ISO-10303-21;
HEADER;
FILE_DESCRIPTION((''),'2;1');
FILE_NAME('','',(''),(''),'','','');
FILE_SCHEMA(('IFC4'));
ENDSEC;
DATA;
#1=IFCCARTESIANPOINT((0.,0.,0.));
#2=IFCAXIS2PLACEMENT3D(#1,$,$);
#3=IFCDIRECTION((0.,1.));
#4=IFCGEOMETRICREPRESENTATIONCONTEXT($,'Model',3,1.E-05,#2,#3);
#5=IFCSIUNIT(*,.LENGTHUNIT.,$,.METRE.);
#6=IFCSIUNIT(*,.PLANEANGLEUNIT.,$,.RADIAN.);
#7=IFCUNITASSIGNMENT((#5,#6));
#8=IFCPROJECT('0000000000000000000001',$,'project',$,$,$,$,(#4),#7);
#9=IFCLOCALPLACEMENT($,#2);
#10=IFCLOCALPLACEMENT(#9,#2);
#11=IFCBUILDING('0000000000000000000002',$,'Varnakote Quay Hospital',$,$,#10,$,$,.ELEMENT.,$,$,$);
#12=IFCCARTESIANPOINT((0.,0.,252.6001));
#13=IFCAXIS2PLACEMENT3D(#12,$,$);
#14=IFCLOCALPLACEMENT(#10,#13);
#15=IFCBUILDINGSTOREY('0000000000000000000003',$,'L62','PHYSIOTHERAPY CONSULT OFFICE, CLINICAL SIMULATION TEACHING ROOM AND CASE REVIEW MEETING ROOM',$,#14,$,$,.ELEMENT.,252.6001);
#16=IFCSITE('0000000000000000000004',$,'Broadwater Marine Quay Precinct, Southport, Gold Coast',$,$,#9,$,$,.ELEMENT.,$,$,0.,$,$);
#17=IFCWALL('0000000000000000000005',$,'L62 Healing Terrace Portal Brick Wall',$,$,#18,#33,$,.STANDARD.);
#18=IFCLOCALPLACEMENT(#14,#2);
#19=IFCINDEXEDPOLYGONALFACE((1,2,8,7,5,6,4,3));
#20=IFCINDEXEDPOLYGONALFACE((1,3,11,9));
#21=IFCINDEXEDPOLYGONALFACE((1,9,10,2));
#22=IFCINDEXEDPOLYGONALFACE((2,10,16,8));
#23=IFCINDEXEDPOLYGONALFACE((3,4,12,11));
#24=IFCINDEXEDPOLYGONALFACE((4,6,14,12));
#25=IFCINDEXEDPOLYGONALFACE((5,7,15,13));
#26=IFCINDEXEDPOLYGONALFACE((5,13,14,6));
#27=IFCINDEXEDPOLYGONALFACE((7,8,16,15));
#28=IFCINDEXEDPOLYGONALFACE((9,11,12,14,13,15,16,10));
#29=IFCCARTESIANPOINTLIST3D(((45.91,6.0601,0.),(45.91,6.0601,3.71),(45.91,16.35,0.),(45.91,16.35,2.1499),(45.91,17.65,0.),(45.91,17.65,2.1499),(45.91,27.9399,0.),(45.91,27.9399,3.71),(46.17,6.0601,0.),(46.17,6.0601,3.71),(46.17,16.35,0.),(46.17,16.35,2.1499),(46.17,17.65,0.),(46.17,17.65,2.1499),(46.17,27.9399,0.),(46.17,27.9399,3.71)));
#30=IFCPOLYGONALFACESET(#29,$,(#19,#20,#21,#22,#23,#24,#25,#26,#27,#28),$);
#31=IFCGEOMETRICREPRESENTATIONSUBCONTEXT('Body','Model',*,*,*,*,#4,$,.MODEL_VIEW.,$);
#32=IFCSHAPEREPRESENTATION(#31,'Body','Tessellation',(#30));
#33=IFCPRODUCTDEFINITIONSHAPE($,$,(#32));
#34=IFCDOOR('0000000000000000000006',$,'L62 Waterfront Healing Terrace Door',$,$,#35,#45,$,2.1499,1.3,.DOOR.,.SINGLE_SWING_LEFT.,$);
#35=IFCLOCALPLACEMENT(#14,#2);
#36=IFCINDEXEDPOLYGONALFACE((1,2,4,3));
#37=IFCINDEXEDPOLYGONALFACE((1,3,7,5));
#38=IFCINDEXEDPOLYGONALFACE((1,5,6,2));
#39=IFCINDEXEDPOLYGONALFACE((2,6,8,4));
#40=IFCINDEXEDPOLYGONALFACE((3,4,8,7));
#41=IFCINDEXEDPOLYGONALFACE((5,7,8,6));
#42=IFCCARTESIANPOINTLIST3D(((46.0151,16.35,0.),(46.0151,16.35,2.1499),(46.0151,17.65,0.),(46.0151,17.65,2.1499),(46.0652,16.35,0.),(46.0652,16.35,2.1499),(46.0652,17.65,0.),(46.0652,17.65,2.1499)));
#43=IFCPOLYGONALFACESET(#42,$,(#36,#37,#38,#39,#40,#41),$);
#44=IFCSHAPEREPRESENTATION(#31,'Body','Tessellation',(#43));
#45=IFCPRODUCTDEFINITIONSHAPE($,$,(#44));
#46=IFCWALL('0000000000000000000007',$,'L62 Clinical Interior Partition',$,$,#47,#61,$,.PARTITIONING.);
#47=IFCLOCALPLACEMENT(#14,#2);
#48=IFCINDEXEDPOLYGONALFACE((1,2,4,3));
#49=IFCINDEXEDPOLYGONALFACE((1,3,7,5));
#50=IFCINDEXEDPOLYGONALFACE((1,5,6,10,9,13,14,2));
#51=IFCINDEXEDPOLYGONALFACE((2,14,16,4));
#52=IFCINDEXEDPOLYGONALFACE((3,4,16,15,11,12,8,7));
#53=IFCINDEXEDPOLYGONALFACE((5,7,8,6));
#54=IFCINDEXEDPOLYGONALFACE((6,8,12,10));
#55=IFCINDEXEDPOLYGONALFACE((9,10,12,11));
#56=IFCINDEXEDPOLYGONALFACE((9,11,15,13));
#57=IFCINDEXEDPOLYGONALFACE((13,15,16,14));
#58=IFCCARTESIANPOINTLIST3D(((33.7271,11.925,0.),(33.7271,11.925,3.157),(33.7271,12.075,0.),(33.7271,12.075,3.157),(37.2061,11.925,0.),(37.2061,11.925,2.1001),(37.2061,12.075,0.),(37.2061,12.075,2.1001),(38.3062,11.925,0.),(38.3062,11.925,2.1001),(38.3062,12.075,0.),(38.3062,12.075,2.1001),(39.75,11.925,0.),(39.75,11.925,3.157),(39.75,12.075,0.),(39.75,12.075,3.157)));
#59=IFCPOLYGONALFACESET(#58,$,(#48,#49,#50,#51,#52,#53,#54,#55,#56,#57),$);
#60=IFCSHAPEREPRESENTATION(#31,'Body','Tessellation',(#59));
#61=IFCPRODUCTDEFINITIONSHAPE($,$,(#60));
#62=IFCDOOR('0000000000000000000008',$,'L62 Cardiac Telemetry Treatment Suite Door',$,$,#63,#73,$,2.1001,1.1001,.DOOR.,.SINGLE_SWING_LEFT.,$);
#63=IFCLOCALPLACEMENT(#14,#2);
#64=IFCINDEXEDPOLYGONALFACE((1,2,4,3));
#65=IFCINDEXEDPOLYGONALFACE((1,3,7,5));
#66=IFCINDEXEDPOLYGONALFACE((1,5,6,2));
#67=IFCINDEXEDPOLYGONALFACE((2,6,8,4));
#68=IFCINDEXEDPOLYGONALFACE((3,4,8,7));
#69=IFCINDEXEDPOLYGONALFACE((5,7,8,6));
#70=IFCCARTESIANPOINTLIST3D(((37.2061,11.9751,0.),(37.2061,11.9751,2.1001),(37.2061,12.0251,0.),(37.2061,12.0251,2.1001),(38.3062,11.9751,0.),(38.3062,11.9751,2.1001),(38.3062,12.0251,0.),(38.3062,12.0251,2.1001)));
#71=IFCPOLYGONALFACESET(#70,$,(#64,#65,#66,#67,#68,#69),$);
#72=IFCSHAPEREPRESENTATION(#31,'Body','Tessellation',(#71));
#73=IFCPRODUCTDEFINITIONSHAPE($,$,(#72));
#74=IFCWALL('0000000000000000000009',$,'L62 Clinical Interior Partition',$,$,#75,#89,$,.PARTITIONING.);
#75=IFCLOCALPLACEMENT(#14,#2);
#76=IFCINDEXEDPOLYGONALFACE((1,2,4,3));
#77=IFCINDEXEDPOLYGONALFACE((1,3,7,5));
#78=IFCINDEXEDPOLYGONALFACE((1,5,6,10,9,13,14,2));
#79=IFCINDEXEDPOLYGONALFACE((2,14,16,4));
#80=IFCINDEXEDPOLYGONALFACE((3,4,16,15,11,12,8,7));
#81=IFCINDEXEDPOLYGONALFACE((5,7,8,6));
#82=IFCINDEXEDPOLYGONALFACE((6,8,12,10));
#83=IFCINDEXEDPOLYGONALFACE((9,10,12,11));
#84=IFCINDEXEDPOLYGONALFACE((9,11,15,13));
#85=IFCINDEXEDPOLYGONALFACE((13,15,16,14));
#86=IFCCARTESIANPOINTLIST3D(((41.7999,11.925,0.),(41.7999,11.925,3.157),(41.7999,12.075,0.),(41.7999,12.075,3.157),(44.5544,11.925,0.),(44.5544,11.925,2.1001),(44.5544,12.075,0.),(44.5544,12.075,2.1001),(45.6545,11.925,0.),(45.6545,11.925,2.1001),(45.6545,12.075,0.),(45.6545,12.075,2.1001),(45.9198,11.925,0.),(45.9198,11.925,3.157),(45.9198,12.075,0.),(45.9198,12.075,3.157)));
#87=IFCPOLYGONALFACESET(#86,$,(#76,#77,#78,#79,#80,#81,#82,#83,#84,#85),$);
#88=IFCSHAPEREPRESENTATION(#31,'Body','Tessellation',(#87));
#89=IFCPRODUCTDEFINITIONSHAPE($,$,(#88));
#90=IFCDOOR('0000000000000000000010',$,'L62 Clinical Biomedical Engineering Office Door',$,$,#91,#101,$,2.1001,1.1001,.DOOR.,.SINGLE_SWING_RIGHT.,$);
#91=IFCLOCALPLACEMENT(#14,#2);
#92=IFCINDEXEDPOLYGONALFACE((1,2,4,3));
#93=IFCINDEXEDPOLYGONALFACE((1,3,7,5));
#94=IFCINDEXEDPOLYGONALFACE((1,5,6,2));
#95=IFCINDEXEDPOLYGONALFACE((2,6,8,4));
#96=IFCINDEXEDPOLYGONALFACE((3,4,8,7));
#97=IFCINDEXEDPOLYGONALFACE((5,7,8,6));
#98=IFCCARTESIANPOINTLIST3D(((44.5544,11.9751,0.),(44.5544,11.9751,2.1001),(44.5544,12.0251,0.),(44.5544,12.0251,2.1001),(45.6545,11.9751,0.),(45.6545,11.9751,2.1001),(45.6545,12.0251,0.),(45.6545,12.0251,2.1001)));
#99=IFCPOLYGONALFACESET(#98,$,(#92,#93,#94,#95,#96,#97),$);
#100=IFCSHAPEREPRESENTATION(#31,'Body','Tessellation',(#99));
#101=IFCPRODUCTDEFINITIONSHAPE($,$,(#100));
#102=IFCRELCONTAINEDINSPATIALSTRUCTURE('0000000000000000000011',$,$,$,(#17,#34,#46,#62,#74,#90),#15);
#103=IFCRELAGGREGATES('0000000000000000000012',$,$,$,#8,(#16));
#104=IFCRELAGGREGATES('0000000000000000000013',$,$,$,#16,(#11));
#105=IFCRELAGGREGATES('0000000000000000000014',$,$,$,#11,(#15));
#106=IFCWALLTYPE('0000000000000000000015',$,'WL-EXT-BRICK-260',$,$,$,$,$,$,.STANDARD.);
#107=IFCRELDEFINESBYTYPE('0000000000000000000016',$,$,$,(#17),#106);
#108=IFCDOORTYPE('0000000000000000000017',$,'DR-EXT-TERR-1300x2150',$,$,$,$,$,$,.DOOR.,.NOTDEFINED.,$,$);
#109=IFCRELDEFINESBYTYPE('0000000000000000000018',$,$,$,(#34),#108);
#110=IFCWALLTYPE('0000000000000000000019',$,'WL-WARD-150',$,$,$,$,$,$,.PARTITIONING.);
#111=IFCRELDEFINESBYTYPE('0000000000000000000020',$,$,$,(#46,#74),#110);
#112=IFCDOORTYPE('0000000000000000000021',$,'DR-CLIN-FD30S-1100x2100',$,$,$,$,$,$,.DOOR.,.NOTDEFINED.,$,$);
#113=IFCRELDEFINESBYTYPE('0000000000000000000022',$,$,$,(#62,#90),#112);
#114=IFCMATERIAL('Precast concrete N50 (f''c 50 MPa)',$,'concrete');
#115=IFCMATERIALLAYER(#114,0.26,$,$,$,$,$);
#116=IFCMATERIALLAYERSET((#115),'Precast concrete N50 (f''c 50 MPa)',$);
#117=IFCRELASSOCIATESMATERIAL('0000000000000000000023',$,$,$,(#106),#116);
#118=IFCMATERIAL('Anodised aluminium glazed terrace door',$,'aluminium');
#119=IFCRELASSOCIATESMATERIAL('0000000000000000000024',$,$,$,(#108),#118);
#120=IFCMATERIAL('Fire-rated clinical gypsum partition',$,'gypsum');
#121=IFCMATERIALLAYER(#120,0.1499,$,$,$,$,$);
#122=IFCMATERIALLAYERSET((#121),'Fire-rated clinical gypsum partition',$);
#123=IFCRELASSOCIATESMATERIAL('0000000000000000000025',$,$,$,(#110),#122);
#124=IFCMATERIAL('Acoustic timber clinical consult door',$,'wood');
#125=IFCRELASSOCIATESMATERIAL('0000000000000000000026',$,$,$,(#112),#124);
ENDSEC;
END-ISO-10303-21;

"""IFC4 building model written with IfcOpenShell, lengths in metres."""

from ifc_helpers import new_model, si_unit, direction, frame, frame_2d, origin, place, context, subcontext, project, spatial, rectangle, extrude, material, layer, layer_set, type_object, element, fill, save


model = new_model("IFC4")

# Units and contexts
model_context = context("Model", 3, precision=1e-05, world=origin(), true_north=direction((0.0, 1.0)))
body_context = subcontext(model_context, "Body", "Model", "MODEL_VIEW")
ifc_project = project(units=[si_unit("LENGTHUNIT", "METRE"), si_unit("PLANEANGLEUNIT", "RADIAN")], contexts=[model_context])

# Site, building, storey
site_placement = place(None, origin())
site = spatial("IfcSite", under=ifc_project, at=site_placement, Name="Broadwater Marine Quay Precinct, Southport, Gold Coast", CompositionType="ELEMENT", RefElevation=0.0)
building_placement = place(site_placement, origin())
building = spatial("IfcBuilding", under=site, at=building_placement, Name="Varnakote Quay Hospital", CompositionType="ELEMENT")
storey_placement = place(building_placement, frame((0.0, 0.0, 252.6001)))
storey = spatial("IfcBuildingStorey", under=building, at=storey_placement, Name="L62", Description="PHYSIOTHERAPY CONSULT OFFICE, CLINICAL SIMULATION TEACHING ROOM AND CASE REVIEW MEETING ROOM", CompositionType="ELEMENT", Elevation=252.6001)

# Shared definitions
ifc_material_1 = material(Name="Precast concrete N50 (f'c 50 MPa)", Category="concrete")
ifc_layer_1 = layer(ifc_material_1, 0.26)
ifc_layer_set_1 = layer_set([ifc_layer_1], Name="Precast concrete N50 (f'c 50 MPa)")
wall_type_1 = type_object("IfcWallType", Name="WL-EXT-BRICK-260", PredefinedType="STANDARD", material=ifc_layer_set_1)

# Walls, openings, doors
wall_1_placement = place(storey_placement, frame((46.04, 6.0601, 0.0), z_axis=(0.0, 0.0, 1.0), x_axis=(0.0, 1.0, 0.0)))
wall_1 = element("IfcWall", 1, at=wall_1_placement, inside=storey, type_object=wall_type_1, Name="L62 Healing Terrace Portal Brick Wall", PredefinedType="STANDARD", context=body_context, shape_type="SweptSolid", body=[
    extrude(rectangle(XDim=21.8799, YDim=0.26, at=frame_2d((10.9399, 0.0))), origin(), (0.0, 0.0, 1.0), 3.71),
])
opening_1_placement = place(wall_1_placement, frame((10.29, 0.0, 0.0)))
opening_1 = element("IfcOpeningElement", 2, at=opening_1_placement, cuts=wall_1, PredefinedType="OPENING", context=body_context, shape_type="SweptSolid", body=[
    extrude(rectangle(XDim=1.3, YDim=2.1499, at=frame_2d((0.6499, 1.075))), frame((0.0, 0.1399, 0.0), z_axis=(0.0, -1.0, 0.0), x_axis=(1.0, 0.0, 0.0)), (0.0, 0.0, 1.0), 0.28),
])
ifc_material_2 = material(Name="Anodised aluminium glazed terrace door", Category="aluminium")
door_type_1 = type_object("IfcDoorType", Name="DR-EXT-TERR-1300x2150", OperationType="NOTDEFINED", PredefinedType="DOOR", material=ifc_material_2)
door_1_placement = place(opening_1_placement, origin())
door_1 = element("IfcDoor", 3, at=door_1_placement, inside=storey, type_object=door_type_1, Name="L62 Waterfront Healing Terrace Door", OperationType="SINGLE_SWING_LEFT", OverallHeight=2.1499, OverallWidth=1.3, PredefinedType="DOOR", context=body_context, shape_type="SweptSolid", body=[
    extrude(rectangle(XDim=1.3, YDim=2.1499, at=frame_2d((0.6499, 1.075))), frame((0.0, 0.0249, 0.0), z_axis=(0.0, -1.0, 0.0), x_axis=(1.0, 0.0, 0.0)), (0.0, 0.0, 1.0), 0.05),
])
fill(opening_1, door_1)
ifc_material_3 = material(Name="Fire-rated clinical gypsum partition", Category="gypsum")
ifc_layer_2 = layer(ifc_material_3, 0.1499)
ifc_layer_set_2 = layer_set([ifc_layer_2], Name="Fire-rated clinical gypsum partition")
wall_type_2 = type_object("IfcWallType", Name="WL-WARD-150", PredefinedType="PARTITIONING", material=ifc_layer_set_2)
wall_2_placement = place(storey_placement, frame((39.75, 12.0, 0.0), z_axis=(0.0, 0.0, 1.0), x_axis=(-1.0, 0.0, 0.0)))
wall_2 = element("IfcWall", 4, at=wall_2_placement, inside=storey, type_object=wall_type_2, Name="L62 Clinical Interior Partition", PredefinedType="PARTITIONING", context=body_context, shape_type="SweptSolid", body=[
    extrude(rectangle(XDim=6.0229, YDim=0.1499, at=frame_2d((3.0115, 0.0))), origin(), (0.0, 0.0, 1.0), 3.157),
])
opening_2_placement = place(wall_2_placement, frame((1.4438, 0.0, 0.0)))
opening_2 = element("IfcOpeningElement", 5, at=opening_2_placement, cuts=wall_2, PredefinedType="OPENING", context=body_context, shape_type="SweptSolid", body=[
    extrude(rectangle(XDim=1.1001, YDim=2.1001, at=frame_2d((0.55, 1.05))), frame((0.0, 0.085, 0.0), z_axis=(0.0, -1.0, 0.0), x_axis=(1.0, 0.0, 0.0)), (0.0, 0.0, 1.0), 0.1699),
])
ifc_material_4 = material(Name="Acoustic timber clinical consult door", Category="wood")
door_type_2 = type_object("IfcDoorType", Name="DR-CLIN-FD30S-1100x2100", OperationType="NOTDEFINED", PredefinedType="DOOR", material=ifc_material_4)
door_2_placement = place(opening_2_placement, origin())
door_2 = element("IfcDoor", 6, at=door_2_placement, inside=storey, type_object=door_type_2, Name="L62 Cardiac Telemetry Treatment Suite Door", OperationType="SINGLE_SWING_LEFT", OverallHeight=2.1001, OverallWidth=1.1001, PredefinedType="DOOR", context=body_context, shape_type="SweptSolid", body=[
    extrude(rectangle(XDim=1.1001, YDim=2.1001, at=frame_2d((0.55, 1.05))), frame((0.0, 0.0249, 0.0), z_axis=(0.0, -1.0, 0.0), x_axis=(1.0, 0.0, 0.0)), (0.0, 0.0, 1.0), 0.05),
])
fill(opening_2, door_2)
wall_3_placement = place(storey_placement, frame((45.9199, 12.0, 0.0), z_axis=(0.0, 0.0, 1.0), x_axis=(-1.0, 0.0, 0.0)))
wall_3 = element("IfcWall", 7, at=wall_3_placement, inside=storey, type_object=wall_type_2, Name="L62 Clinical Interior Partition", PredefinedType="PARTITIONING", context=body_context, shape_type="SweptSolid", body=[
    extrude(rectangle(XDim=4.1199, YDim=0.1499, at=frame_2d((2.0601, 0.0))), origin(), (0.0, 0.0, 1.0), 3.157),
])
opening_3_placement = place(wall_3_placement, frame((0.2654, 0.0, 0.0)))
opening_3 = element("IfcOpeningElement", 8, at=opening_3_placement, cuts=wall_3, PredefinedType="OPENING", context=body_context, shape_type="SweptSolid", body=[
    extrude(rectangle(XDim=1.1001, YDim=2.1001, at=frame_2d((0.55, 1.05))), frame((0.0, 0.085, 0.0), z_axis=(0.0, -1.0, 0.0), x_axis=(1.0, 0.0, 0.0)), (0.0, 0.0, 1.0), 0.1699),
])
door_3_placement = place(opening_3_placement, origin())
door_3 = element("IfcDoor", 9, at=door_3_placement, inside=storey, type_object=door_type_2, Name="L62 Clinical Biomedical Engineering Office Door", OperationType="SINGLE_SWING_RIGHT", OverallHeight=2.1001, OverallWidth=1.1001, PredefinedType="DOOR", context=body_context, shape_type="SweptSolid", body=[
    extrude(rectangle(XDim=1.1001, YDim=2.1001, at=frame_2d((0.55, 1.05))), frame((0.0, 0.0249, 0.0), z_axis=(0.0, -1.0, 0.0), x_axis=(1.0, 0.0, 0.0)), (0.0, 0.0, 1.0), 0.05),
])
fill(opening_3, door_3)

save(model, "model.ifc")
